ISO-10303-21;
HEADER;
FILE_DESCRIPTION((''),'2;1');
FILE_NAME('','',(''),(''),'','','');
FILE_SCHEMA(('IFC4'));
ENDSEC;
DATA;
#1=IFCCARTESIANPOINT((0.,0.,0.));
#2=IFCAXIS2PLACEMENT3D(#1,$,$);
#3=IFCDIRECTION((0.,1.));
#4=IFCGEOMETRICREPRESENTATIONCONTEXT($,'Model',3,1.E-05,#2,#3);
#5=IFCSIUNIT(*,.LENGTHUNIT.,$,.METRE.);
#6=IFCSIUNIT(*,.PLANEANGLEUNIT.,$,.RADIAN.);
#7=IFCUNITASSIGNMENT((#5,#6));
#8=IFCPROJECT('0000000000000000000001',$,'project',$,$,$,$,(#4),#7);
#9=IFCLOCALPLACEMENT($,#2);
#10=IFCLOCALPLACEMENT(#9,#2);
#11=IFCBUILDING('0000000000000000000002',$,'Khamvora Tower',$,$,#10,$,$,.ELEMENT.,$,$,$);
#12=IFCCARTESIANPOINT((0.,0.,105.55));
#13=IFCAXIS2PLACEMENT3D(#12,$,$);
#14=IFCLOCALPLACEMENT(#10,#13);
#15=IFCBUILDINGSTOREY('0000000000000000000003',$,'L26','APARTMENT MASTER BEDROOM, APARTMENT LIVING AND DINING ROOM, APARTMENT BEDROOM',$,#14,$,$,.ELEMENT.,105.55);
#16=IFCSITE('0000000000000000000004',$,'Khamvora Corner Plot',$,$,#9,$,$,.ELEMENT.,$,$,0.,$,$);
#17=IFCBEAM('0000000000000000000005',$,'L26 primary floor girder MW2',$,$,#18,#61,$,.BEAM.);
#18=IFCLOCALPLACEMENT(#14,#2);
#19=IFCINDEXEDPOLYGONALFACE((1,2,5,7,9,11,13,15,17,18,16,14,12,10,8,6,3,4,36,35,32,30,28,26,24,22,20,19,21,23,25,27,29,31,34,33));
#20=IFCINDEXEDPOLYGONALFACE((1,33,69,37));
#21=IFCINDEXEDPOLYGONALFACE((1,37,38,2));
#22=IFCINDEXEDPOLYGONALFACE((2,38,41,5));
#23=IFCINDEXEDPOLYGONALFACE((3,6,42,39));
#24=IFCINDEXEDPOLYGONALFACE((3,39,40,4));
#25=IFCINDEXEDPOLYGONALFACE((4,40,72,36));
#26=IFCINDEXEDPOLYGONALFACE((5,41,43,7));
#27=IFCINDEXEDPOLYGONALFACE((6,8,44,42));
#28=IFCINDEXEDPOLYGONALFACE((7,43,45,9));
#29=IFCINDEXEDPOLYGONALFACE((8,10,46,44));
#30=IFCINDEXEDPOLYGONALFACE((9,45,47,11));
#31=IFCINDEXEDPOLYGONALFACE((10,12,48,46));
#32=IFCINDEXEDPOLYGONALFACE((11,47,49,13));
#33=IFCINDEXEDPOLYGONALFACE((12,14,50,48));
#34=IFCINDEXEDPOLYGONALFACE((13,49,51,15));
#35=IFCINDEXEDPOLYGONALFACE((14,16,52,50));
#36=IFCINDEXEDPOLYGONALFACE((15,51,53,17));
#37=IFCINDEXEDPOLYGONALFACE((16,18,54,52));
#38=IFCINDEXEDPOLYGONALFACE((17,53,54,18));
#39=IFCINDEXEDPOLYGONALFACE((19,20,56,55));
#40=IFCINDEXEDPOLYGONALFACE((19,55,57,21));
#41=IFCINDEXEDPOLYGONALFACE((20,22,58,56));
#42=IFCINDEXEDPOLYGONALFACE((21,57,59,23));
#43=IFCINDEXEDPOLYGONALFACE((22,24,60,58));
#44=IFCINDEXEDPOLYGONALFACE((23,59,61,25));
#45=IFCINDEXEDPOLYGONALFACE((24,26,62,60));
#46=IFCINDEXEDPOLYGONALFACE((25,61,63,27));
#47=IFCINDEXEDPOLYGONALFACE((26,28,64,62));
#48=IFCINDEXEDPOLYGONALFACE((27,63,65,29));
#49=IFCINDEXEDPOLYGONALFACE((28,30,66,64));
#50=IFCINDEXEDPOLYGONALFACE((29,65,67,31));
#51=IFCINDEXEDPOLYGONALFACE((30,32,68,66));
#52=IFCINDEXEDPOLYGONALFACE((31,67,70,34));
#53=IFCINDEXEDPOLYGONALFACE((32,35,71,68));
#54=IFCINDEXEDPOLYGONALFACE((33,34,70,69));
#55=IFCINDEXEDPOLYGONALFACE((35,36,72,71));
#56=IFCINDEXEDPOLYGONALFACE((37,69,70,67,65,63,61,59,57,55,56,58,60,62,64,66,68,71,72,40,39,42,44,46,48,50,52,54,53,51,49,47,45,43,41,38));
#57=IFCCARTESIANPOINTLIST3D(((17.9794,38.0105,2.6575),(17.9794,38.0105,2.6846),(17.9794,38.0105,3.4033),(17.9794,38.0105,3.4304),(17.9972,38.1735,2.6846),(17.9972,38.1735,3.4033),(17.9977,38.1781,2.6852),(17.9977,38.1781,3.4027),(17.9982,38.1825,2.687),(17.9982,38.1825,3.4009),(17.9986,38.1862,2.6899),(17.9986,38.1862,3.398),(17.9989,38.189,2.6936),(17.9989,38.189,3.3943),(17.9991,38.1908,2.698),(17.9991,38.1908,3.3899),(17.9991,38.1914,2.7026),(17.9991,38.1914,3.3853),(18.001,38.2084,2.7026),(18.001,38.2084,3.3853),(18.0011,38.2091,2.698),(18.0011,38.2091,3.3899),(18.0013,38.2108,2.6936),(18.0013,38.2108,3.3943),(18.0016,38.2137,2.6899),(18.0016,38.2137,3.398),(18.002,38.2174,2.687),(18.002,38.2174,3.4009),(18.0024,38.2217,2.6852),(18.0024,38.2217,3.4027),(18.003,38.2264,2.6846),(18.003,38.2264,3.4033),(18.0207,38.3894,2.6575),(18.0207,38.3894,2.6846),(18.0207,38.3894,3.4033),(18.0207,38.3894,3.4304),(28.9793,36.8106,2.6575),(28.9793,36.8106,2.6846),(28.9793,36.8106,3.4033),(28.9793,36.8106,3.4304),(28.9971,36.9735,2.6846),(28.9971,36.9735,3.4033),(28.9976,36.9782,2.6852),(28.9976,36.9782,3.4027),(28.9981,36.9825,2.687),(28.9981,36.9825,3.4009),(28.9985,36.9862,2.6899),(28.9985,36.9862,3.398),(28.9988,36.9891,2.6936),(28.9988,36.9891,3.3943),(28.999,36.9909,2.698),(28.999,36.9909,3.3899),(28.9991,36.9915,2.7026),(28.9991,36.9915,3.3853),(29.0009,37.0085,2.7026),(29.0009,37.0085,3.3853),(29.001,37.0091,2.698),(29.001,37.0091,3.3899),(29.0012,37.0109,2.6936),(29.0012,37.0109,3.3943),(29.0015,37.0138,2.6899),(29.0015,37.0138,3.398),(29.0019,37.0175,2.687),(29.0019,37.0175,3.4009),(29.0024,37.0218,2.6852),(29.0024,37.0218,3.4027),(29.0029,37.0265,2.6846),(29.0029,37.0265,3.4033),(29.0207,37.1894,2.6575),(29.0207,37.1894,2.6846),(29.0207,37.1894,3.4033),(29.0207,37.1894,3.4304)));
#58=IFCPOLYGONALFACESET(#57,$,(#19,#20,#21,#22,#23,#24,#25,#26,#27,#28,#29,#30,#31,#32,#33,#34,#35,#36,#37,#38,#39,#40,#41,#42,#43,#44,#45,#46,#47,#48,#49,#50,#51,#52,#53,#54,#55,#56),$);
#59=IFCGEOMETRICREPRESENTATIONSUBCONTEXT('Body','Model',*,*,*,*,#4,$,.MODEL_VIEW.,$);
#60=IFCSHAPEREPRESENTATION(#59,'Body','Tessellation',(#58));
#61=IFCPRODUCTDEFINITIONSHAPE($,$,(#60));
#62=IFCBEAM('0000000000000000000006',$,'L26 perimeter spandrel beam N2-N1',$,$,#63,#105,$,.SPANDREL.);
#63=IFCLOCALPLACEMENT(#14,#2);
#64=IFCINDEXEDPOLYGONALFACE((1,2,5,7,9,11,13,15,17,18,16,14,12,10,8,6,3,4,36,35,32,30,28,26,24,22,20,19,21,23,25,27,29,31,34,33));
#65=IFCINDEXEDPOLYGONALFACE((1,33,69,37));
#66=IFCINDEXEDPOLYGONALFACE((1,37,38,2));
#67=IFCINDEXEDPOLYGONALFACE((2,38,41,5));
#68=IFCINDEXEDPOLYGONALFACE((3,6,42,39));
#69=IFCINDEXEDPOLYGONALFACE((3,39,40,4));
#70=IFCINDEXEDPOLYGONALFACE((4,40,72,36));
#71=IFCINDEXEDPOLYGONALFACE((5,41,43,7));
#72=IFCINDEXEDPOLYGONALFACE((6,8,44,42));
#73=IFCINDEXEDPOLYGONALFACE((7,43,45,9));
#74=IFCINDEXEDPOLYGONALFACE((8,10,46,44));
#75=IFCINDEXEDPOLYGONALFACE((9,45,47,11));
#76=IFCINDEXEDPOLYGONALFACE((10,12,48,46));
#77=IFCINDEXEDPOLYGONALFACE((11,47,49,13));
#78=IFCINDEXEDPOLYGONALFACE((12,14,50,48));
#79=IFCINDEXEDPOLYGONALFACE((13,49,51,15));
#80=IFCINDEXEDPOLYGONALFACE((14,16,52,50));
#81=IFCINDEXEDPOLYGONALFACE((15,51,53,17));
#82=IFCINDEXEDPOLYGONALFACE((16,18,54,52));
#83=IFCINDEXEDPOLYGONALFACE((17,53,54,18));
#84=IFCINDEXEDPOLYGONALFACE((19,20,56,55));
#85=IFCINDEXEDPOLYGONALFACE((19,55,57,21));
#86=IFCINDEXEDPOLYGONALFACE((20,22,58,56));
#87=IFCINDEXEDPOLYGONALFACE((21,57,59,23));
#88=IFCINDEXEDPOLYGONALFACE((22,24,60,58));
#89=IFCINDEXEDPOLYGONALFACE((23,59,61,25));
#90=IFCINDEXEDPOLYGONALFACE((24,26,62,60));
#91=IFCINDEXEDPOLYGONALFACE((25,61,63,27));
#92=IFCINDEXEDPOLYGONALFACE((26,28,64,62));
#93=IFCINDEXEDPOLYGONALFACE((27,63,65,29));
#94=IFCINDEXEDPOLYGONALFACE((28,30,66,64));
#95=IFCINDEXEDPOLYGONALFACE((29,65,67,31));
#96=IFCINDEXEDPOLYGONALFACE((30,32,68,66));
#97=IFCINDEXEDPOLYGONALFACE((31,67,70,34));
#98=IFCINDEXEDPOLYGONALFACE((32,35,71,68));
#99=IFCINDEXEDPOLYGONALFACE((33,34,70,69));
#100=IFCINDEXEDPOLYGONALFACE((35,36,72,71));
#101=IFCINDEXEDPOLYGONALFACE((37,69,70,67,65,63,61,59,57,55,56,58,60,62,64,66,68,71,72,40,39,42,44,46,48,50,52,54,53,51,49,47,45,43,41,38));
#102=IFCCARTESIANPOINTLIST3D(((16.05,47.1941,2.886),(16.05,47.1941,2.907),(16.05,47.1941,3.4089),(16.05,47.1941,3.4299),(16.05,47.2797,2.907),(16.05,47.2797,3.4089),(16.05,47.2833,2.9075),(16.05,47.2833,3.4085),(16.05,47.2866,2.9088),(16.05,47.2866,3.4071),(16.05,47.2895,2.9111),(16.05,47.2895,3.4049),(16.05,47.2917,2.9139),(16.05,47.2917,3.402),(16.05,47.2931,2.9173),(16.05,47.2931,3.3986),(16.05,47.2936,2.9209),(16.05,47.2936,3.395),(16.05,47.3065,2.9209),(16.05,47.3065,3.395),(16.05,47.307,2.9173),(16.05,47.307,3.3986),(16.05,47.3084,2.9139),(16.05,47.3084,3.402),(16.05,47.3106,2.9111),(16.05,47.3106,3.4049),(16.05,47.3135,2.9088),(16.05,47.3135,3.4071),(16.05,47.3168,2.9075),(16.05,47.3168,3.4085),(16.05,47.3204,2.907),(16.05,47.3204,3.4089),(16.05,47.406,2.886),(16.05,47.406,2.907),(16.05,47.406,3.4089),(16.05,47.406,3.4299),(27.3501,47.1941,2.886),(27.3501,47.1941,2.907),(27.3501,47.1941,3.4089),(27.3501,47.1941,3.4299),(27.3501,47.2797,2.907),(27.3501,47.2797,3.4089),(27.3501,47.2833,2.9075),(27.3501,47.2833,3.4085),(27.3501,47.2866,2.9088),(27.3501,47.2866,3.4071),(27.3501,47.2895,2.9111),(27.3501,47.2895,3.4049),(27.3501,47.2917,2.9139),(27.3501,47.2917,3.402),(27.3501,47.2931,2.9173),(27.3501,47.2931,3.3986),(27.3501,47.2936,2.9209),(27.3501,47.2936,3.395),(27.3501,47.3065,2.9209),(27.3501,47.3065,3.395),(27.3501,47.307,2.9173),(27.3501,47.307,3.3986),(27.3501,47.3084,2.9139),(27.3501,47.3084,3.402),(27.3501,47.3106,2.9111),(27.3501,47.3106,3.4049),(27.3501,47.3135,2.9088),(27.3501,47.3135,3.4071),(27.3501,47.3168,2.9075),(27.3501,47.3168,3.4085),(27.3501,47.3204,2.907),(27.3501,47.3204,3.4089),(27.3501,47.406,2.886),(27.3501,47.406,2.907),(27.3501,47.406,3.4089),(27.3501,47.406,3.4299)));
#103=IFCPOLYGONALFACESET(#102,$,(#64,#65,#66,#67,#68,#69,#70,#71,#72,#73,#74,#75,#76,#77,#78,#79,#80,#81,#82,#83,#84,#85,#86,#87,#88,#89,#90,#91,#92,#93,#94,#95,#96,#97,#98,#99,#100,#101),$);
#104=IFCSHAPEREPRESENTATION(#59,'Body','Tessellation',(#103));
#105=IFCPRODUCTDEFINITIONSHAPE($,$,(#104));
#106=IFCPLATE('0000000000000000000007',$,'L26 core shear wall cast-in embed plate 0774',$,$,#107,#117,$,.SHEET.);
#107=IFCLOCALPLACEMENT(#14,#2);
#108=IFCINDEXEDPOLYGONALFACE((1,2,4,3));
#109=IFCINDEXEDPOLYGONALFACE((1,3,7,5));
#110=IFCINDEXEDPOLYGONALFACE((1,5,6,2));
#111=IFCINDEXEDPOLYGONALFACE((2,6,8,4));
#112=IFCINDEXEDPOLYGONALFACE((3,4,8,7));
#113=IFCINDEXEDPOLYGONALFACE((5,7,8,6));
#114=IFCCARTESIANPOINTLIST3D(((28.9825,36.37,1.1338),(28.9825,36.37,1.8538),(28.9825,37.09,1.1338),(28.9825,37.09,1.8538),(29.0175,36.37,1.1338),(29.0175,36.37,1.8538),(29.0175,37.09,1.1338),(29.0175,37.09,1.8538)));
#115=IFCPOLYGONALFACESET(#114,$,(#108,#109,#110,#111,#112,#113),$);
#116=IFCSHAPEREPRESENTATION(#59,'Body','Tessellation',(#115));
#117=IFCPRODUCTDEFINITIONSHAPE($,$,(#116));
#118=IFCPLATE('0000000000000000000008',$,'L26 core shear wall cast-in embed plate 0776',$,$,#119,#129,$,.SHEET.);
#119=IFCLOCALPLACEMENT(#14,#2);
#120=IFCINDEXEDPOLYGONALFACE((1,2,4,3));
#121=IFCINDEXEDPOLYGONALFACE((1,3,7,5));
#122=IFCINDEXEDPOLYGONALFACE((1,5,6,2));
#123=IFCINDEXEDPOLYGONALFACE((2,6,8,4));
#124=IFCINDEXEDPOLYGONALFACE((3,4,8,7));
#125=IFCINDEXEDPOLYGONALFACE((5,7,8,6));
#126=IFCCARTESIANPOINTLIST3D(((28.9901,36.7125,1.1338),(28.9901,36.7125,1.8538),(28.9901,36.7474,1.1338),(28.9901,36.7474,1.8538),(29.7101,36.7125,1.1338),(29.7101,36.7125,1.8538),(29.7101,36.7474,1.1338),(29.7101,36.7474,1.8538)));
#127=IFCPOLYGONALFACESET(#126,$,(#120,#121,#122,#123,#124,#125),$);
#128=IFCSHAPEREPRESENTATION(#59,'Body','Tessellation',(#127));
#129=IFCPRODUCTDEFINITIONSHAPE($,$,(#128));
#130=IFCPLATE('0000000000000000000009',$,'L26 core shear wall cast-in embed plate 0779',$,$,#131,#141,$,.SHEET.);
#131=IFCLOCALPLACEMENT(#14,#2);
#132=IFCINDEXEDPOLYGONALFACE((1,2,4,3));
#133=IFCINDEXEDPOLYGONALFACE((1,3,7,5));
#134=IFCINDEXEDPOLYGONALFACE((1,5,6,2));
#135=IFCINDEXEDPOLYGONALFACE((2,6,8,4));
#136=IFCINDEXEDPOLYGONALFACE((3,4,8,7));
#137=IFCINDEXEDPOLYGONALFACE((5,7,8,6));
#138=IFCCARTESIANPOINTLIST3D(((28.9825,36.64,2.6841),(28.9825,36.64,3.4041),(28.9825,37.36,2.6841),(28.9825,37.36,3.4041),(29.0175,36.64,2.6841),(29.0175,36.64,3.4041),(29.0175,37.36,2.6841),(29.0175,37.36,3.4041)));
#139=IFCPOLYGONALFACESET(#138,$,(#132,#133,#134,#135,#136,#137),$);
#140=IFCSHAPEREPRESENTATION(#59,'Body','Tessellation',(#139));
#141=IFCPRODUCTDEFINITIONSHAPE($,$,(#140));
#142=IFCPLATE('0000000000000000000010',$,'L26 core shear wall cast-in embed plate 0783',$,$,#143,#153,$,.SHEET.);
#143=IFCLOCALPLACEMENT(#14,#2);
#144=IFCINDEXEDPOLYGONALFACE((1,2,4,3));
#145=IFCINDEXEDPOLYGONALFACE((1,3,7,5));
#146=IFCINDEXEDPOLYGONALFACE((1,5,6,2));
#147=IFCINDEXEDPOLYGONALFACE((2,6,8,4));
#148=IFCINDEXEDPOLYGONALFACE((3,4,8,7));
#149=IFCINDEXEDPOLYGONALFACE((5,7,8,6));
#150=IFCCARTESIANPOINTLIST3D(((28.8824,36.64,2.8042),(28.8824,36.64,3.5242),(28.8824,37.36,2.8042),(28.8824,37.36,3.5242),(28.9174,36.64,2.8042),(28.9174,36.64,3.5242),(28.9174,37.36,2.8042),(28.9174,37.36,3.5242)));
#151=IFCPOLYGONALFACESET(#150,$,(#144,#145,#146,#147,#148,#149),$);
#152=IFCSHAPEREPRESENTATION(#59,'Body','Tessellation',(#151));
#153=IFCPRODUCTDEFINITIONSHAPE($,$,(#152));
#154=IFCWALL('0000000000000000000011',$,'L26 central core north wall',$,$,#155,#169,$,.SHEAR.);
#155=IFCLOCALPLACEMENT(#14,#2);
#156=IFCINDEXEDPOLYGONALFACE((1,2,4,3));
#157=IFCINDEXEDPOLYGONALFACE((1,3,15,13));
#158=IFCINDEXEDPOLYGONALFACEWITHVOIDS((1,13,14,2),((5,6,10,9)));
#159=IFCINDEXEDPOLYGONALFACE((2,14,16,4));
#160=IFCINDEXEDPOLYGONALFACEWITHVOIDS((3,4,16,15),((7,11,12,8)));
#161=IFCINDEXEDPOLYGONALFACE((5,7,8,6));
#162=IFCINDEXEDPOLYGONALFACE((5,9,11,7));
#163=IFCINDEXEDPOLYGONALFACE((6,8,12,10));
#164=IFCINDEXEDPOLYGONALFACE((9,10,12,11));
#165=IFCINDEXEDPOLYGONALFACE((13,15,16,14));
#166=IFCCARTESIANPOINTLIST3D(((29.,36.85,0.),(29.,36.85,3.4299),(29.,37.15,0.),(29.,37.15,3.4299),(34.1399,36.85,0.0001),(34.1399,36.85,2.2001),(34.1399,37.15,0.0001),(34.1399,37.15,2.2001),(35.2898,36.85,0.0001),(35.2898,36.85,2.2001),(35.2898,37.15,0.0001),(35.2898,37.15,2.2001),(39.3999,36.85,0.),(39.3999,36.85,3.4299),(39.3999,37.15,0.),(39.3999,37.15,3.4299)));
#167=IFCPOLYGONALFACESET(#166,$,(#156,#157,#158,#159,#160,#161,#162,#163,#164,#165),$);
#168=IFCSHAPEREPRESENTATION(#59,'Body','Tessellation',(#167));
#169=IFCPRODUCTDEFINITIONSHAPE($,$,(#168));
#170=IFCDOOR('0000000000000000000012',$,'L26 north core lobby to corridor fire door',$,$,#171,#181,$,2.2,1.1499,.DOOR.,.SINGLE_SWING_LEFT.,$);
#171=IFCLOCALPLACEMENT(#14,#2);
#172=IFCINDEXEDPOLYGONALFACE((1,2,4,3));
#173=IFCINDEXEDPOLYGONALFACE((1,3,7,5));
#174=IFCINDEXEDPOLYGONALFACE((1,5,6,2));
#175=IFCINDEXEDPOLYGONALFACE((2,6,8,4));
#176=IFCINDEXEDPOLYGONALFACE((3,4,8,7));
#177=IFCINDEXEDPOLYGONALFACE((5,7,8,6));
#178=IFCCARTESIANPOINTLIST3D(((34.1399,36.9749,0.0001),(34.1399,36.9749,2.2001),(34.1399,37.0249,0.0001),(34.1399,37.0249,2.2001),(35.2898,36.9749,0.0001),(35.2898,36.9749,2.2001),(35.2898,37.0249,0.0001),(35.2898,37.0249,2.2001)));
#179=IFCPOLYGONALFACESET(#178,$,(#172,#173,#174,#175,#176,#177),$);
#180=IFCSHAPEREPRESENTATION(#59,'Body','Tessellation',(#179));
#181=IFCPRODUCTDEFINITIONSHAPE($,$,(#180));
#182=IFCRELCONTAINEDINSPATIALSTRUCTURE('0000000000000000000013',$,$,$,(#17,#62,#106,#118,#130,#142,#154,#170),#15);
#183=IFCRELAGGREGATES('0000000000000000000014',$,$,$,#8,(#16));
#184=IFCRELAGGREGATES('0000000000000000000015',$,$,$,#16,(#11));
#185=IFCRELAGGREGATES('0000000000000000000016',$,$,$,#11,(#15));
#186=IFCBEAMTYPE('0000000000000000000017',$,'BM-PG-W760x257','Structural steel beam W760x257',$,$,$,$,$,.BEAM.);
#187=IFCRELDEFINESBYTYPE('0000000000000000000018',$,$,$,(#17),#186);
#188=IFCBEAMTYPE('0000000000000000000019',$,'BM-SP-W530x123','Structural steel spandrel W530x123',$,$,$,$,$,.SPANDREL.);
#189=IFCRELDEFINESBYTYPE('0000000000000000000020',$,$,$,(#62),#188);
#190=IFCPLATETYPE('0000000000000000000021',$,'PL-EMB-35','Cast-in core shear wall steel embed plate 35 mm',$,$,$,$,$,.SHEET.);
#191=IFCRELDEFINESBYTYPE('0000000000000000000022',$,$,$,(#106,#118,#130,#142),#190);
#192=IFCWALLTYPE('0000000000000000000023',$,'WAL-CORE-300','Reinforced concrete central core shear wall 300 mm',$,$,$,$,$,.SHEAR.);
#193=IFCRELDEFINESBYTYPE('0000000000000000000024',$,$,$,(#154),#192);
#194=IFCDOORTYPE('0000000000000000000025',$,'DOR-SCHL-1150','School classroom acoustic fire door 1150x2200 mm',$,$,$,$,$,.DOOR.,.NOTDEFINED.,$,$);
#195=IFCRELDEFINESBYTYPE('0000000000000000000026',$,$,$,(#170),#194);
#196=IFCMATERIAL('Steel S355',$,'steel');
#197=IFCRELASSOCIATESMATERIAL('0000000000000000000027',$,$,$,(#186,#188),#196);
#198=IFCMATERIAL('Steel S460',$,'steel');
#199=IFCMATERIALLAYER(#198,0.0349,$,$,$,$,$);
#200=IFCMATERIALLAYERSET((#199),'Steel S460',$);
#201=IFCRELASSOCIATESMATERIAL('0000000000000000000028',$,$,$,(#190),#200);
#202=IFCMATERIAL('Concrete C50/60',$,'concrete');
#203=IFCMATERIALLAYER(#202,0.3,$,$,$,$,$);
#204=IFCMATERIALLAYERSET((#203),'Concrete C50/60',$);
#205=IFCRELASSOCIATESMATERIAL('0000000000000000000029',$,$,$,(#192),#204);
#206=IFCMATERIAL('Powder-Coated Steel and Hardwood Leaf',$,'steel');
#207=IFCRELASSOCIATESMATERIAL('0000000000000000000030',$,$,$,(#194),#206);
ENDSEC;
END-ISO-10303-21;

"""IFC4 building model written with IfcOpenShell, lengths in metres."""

from ifc_helpers import new_model, si_unit, direction, frame, frame_2d, origin, origin_2d, place, context, subcontext, project, spatial, rectangle, i_section, extrude, material, layer, layer_set, material_profile, profile_set, type_object, element, fill, save


model = new_model("IFC4")

# Units and contexts
model_context = context("Model", 3, precision=1e-05, world=origin(), true_north=direction((0.0, 1.0)))
body_context = subcontext(model_context, "Body", "Model", "MODEL_VIEW")
ifc_project = project(units=[si_unit("LENGTHUNIT", "METRE"), si_unit("PLANEANGLEUNIT", "RADIAN")], contexts=[model_context])

# Site, building, storey
site_placement = place(None, origin())
site = spatial("IfcSite", under=ifc_project, at=site_placement, Name="Khamvora Corner Plot", CompositionType="ELEMENT", RefElevation=0.0)
building_placement = place(site_placement, origin())
building = spatial("IfcBuilding", under=site, at=building_placement, Name="Khamvora Tower", CompositionType="ELEMENT")
storey_placement = place(building_placement, frame((0.0, 0.0, 105.55)))
storey = spatial("IfcBuildingStorey", under=building, at=storey_placement, Name="L26", Description="APARTMENT MASTER BEDROOM, APARTMENT LIVING AND DINING ROOM, APARTMENT BEDROOM", CompositionType="ELEMENT", Elevation=105.55)

# Shared definitions
ifc_material_1 = material(Name="Steel S355", Category="steel")
ifc_material_2 = material(Name="Steel S460", Category="steel")

# Beams
ifc_material_profile_1 = material_profile(ifc_material_1, i_section(OverallWidth=0.3811, OverallDepth=0.7729, WebThickness=0.0171, FlangeThickness=0.0271, FilletRadius=0.0181, at=origin_2d()), Name="W760x257")
ifc_profile_set_1 = profile_set([ifc_material_profile_1], Name="Steel S355")
beam_type_1 = type_object("IfcBeamType", Name="BM-PG-W760x257", Description="Structural steel beam W760x257", PredefinedType="BEAM", material=ifc_profile_set_1)
beam_1_placement = place(storey_placement, frame((29.0, 37.0, 3.0439), z_axis=(-0.994103, 0.108443, 0.0), x_axis=(-0.108443, -0.994103, 0.0)))
element("IfcBeam", 1, at=beam_1_placement, inside=storey, type_object=beam_type_1, Name="L26 primary floor girder MW2", PredefinedType="BEAM", context=body_context, shape_type="SweptSolid", body=[
    extrude(i_section(OverallWidth=0.3811, OverallDepth=0.7729, WebThickness=0.0171, FlangeThickness=0.0271, FilletRadius=0.0181, at=origin_2d()), origin(), (0.0, 0.0, 1.0), 11.0652),
])
ifc_material_profile_2 = material_profile(ifc_material_1, i_section(OverallWidth=0.2119, OverallDepth=0.5439, WebThickness=0.0129, FlangeThickness=0.021, FilletRadius=0.0139, at=origin_2d()), Name="W530x123")
ifc_profile_set_2 = profile_set([ifc_material_profile_2], Name="Steel S355")
beam_type_2 = type_object("IfcBeamType", Name="BM-SP-W530x123", Description="Structural steel spandrel W530x123", PredefinedType="SPANDREL", material=ifc_profile_set_2)
beam_2_placement = place(storey_placement, frame((27.3501, 47.3, 3.158), z_axis=(-1.0, 0.0, 0.0), x_axis=(0.0, -1.0, 0.0)))
element("IfcBeam", 2, at=beam_2_placement, inside=storey, type_object=beam_type_2, Name="L26 perimeter spandrel beam N2-N1", PredefinedType="SPANDREL", context=body_context, shape_type="SweptSolid", body=[
    extrude(i_section(OverallWidth=0.2119, OverallDepth=0.5439, WebThickness=0.0129, FlangeThickness=0.021, FilletRadius=0.0139, at=origin_2d()), origin(), (0.0, 0.0, 1.0), 11.3),
])

# Plates
ifc_layer_1 = layer(ifc_material_2, 0.0349)
ifc_layer_set_1 = layer_set([ifc_layer_1], Name="Steel S460")
plate_type = type_object("IfcPlateType", Name="PL-EMB-35", Description="Cast-in core shear wall steel embed plate 35 mm", PredefinedType="SHEET", material=ifc_layer_set_1)
plate_1_placement = place(storey_placement, frame((29.0, 36.73, 1.1338), z_axis=(0.0, 0.0, 1.0), x_axis=(1.0, 0.0, 0.0)))
element("IfcPlate", 3, at=plate_1_placement, inside=storey, type_object=plate_type, Name="L26 core shear wall cast-in embed plate 0774", PredefinedType="SHEET", context=body_context, shape_type="SweptSolid", body=[
    extrude(rectangle(XDim=0.0349, YDim=0.72, at=origin_2d()), origin(), (0.0, 0.0, 1.0), 0.72),
])
plate_2_placement = place(storey_placement, frame((29.3501, 36.73, 1.1338), z_axis=(0.0, 0.0, 1.0), x_axis=(1.0, 0.0, 0.0)))
element("IfcPlate", 4, at=plate_2_placement, inside=storey, type_object=plate_type, Name="L26 core shear wall cast-in embed plate 0776", PredefinedType="SHEET", context=body_context, shape_type="SweptSolid", body=[
    extrude(rectangle(XDim=0.72, YDim=0.0349, at=origin_2d()), origin(), (0.0, 0.0, 1.0), 0.72),
])
for number, where, z_axis, x_axis, name in (
    (5, (29.0, 37.0, 2.6841), (0.0, 0.0, 1.0), (1.0, 0.0, 0.0), "L26 core shear wall cast-in embed plate 0779"),
    (6, (28.8999, 37.0, 2.8042), (0.0, 0.0, 1.0), (1.0, 0.0, 0.0), "L26 core shear wall cast-in embed plate 0783"),
):
    element("IfcPlate", number, at=place(storey_placement, frame(where, z_axis=z_axis, x_axis=x_axis)), inside=storey, type_object=plate_type, Name=name, PredefinedType="SHEET", context=body_context, shape_type="SweptSolid", body=[
        extrude(rectangle(XDim=0.0349, YDim=0.72, at=origin_2d()), origin(), (0.0, 0.0, 1.0), 0.72),
    ])

# Wall, opening, door
ifc_material_3 = material(Name="Concrete C50/60", Category="concrete")
ifc_layer_2 = layer(ifc_material_3, 0.3)
ifc_layer_set_2 = layer_set([ifc_layer_2], Name="Concrete C50/60")
wall_type_1 = type_object("IfcWallType", Name="WAL-CORE-300", Description="Reinforced concrete central core shear wall 300 mm", PredefinedType="SHEAR", material=ifc_layer_set_2)
wall_1_placement = place(storey_placement, frame((29.0, 37.0, 0.0), z_axis=(0.0, 0.0, 1.0), x_axis=(1.0, 0.0, 0.0)))
wall_1 = element("IfcWall", 7, at=wall_1_placement, inside=storey, type_object=wall_type_1, Name="L26 central core north wall", PredefinedType="SHEAR", context=body_context, shape_type="SweptSolid", body=[
    extrude(rectangle(XDim=10.3999, YDim=0.3, at=frame_2d((5.2, 0.0))), origin(), (0.0, 0.0, 1.0), 3.4299),
])
opening_1_placement = place(wall_1_placement, frame((5.1399, 0.0, 0.0)))
opening_1 = element("IfcOpeningElement", 8, at=opening_1_placement, cuts=wall_1, PredefinedType="OPENING", context=body_context, shape_type="SweptSolid", body=[
    extrude(rectangle(XDim=1.1499, YDim=2.2, at=frame_2d((0.575, 1.1001))), frame((0.0, 0.1599, 0.0), z_axis=(0.0, -1.0, 0.0), x_axis=(1.0, 0.0, 0.0)), (0.0, 0.0, 1.0), 0.3201),
])
ifc_material_4 = material(Name="Powder-Coated Steel and Hardwood Leaf", Category="steel")
door_type_1 = type_object("IfcDoorType", Name="DOR-SCHL-1150", Description="School classroom acoustic fire door 1150x2200 mm", OperationType="NOTDEFINED", PredefinedType="DOOR", material=ifc_material_4)
door_1_placement = place(opening_1_placement, origin())
door_1 = element("IfcDoor", 9, at=door_1_placement, inside=storey, type_object=door_type_1, Name="L26 north core lobby to corridor fire door", OperationType="SINGLE_SWING_LEFT", OverallHeight=2.2, OverallWidth=1.1499, PredefinedType="DOOR", context=body_context, shape_type="SweptSolid", body=[
    extrude(rectangle(XDim=1.1499, YDim=2.2, at=frame_2d((0.575, 1.1001))), frame((0.0, 0.0249, 0.0), z_axis=(0.0, -1.0, 0.0), x_axis=(1.0, 0.0, 0.0)), (0.0, 0.0, 1.0), 0.05),
])
fill(opening_1, door_1)

save(model, "model.ifc")
